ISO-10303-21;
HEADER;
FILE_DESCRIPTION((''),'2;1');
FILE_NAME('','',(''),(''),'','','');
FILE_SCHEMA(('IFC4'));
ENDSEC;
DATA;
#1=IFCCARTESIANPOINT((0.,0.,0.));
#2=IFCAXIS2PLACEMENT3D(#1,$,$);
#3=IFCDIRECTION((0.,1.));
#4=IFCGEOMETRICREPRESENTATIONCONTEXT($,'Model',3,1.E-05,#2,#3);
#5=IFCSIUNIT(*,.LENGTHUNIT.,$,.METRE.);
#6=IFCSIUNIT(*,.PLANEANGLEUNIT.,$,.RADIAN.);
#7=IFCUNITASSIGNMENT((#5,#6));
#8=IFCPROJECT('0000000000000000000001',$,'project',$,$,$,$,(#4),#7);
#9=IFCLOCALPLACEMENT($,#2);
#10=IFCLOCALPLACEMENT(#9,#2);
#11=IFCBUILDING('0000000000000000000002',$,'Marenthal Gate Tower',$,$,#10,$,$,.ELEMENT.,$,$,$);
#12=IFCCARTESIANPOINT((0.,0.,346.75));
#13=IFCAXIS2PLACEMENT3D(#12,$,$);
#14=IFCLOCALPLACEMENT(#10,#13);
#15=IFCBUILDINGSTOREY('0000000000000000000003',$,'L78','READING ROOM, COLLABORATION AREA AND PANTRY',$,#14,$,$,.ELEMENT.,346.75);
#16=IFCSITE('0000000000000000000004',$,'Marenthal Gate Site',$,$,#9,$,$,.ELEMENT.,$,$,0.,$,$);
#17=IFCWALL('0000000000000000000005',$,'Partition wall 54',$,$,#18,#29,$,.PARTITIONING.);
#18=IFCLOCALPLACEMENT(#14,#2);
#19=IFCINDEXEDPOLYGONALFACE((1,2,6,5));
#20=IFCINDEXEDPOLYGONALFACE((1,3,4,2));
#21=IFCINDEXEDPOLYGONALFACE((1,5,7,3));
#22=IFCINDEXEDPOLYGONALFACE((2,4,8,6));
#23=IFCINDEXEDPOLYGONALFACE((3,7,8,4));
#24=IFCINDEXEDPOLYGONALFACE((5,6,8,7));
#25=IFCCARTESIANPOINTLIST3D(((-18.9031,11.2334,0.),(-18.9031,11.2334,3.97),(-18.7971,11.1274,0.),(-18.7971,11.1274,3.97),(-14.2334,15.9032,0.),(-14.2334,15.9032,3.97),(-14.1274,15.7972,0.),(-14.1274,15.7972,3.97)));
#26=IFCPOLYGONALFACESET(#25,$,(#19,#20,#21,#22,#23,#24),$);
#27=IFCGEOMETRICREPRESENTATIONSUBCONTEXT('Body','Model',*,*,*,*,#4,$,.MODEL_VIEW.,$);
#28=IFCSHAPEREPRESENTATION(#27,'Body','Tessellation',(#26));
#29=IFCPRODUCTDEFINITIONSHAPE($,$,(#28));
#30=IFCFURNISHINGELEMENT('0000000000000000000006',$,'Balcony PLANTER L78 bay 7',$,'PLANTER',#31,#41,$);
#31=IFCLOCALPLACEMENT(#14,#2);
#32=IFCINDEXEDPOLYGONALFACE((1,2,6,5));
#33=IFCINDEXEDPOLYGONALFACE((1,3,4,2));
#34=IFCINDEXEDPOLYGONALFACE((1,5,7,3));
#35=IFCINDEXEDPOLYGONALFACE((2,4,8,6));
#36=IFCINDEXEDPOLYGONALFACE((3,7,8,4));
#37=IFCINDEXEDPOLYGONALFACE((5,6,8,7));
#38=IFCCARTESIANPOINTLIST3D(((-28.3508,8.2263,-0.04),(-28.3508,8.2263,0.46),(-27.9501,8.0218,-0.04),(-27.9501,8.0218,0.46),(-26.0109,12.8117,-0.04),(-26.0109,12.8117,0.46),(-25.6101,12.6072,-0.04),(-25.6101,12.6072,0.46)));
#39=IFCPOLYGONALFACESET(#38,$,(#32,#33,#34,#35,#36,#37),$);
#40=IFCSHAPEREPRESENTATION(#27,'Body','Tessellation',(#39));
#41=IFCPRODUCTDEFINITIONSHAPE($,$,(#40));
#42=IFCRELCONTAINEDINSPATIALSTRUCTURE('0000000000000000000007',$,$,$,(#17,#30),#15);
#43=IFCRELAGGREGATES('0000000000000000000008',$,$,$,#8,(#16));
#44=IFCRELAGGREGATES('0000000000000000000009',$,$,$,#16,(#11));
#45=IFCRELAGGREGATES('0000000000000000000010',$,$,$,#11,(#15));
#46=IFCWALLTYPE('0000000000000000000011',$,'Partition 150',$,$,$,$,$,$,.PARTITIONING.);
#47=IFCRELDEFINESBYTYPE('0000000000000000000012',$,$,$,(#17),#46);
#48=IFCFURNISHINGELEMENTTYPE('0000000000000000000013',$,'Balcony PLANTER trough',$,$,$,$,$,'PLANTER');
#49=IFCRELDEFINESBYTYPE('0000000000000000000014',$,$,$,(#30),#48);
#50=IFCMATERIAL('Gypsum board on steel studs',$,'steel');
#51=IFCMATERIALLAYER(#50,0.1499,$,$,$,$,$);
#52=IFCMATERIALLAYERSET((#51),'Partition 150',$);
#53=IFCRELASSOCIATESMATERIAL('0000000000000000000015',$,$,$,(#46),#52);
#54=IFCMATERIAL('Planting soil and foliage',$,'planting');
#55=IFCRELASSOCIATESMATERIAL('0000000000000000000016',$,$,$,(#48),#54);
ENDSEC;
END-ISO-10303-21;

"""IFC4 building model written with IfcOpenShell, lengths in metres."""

from ifc_helpers import new_model, si_unit, direction, frame, frame_2d, origin, origin_2d, place, context, subcontext, project, spatial, rectangle, extrude, material, layer, layer_set, type_object, element, save


model = new_model("IFC4")

# Units and contexts
model_context = context("Model", 3, precision=1e-05, world=origin(), true_north=direction((0.0, 1.0)))
body_context = subcontext(model_context, "Body", "Model", "MODEL_VIEW")
ifc_project = project(units=[si_unit("LENGTHUNIT", "METRE"), si_unit("PLANEANGLEUNIT", "RADIAN")], contexts=[model_context])

# Site, building, storey
site_placement = place(None, origin())
site = spatial("IfcSite", under=ifc_project, at=site_placement, Name="Marenthal Gate Site", CompositionType="ELEMENT", RefElevation=0.0)
building_placement = place(site_placement, origin())
building = spatial("IfcBuilding", under=site, at=building_placement, Name="Marenthal Gate Tower", CompositionType="ELEMENT")
storey_placement = place(building_placement, frame((0.0, 0.0, 346.75)))
storey = spatial("IfcBuildingStorey", under=building, at=storey_placement, Name="L78", Description="READING ROOM, COLLABORATION AREA AND PANTRY", CompositionType="ELEMENT", Elevation=346.75)

# Wall
ifc_material_1 = material(Name="Gypsum board on steel studs", Category="steel")
ifc_layer_1 = layer(ifc_material_1, 0.1499)
ifc_layer_set_1 = layer_set([ifc_layer_1], Name="Partition 150")
wall_type_1 = type_object("IfcWallType", Name="Partition 150", PredefinedType="PARTITIONING", material=ifc_layer_set_1)
wall_1_placement = place(storey_placement, frame((-18.8501, 11.1804, 0.0), z_axis=(0.0, 0.0, 1.0), x_axis=(0.707107, 0.707107, 0.0)))
element("IfcWall", 1, at=wall_1_placement, inside=storey, type_object=wall_type_1, Name="Partition wall 54", PredefinedType="PARTITIONING", context=body_context, shape_type="SweptSolid", body=[
    extrude(rectangle(XDim=6.604, YDim=0.1499, at=frame_2d((3.302, 0.0))), origin(), (0.0, 0.0, 1.0), 3.97),
])

# Furnishing element
ifc_material_2 = material(Name="Planting soil and foliage", Category="planting")
furnishing_element_type = type_object("IfcFurnishingElementType", Name="Balcony PLANTER trough", ElementType="PLANTER", material=ifc_material_2)
furnishing_placement = place(storey_placement, frame((-26.9805, 10.4167, -0.04), z_axis=(0.0, 0.0, 1.0), x_axis=(-0.454546, -0.890723, 0.0)))
element("IfcFurnishingElement", 2, at=furnishing_placement, inside=storey, type_object=furnishing_element_type, Name="Balcony PLANTER L78 bay 7", ObjectType="PLANTER", context=body_context, shape_type="SweptSolid", body=[
    extrude(rectangle(XDim=5.1479, YDim=0.45, at=origin_2d()), origin(), (0.0, 0.0, 1.0), 0.5),
])

save(model, "model.ifc")
